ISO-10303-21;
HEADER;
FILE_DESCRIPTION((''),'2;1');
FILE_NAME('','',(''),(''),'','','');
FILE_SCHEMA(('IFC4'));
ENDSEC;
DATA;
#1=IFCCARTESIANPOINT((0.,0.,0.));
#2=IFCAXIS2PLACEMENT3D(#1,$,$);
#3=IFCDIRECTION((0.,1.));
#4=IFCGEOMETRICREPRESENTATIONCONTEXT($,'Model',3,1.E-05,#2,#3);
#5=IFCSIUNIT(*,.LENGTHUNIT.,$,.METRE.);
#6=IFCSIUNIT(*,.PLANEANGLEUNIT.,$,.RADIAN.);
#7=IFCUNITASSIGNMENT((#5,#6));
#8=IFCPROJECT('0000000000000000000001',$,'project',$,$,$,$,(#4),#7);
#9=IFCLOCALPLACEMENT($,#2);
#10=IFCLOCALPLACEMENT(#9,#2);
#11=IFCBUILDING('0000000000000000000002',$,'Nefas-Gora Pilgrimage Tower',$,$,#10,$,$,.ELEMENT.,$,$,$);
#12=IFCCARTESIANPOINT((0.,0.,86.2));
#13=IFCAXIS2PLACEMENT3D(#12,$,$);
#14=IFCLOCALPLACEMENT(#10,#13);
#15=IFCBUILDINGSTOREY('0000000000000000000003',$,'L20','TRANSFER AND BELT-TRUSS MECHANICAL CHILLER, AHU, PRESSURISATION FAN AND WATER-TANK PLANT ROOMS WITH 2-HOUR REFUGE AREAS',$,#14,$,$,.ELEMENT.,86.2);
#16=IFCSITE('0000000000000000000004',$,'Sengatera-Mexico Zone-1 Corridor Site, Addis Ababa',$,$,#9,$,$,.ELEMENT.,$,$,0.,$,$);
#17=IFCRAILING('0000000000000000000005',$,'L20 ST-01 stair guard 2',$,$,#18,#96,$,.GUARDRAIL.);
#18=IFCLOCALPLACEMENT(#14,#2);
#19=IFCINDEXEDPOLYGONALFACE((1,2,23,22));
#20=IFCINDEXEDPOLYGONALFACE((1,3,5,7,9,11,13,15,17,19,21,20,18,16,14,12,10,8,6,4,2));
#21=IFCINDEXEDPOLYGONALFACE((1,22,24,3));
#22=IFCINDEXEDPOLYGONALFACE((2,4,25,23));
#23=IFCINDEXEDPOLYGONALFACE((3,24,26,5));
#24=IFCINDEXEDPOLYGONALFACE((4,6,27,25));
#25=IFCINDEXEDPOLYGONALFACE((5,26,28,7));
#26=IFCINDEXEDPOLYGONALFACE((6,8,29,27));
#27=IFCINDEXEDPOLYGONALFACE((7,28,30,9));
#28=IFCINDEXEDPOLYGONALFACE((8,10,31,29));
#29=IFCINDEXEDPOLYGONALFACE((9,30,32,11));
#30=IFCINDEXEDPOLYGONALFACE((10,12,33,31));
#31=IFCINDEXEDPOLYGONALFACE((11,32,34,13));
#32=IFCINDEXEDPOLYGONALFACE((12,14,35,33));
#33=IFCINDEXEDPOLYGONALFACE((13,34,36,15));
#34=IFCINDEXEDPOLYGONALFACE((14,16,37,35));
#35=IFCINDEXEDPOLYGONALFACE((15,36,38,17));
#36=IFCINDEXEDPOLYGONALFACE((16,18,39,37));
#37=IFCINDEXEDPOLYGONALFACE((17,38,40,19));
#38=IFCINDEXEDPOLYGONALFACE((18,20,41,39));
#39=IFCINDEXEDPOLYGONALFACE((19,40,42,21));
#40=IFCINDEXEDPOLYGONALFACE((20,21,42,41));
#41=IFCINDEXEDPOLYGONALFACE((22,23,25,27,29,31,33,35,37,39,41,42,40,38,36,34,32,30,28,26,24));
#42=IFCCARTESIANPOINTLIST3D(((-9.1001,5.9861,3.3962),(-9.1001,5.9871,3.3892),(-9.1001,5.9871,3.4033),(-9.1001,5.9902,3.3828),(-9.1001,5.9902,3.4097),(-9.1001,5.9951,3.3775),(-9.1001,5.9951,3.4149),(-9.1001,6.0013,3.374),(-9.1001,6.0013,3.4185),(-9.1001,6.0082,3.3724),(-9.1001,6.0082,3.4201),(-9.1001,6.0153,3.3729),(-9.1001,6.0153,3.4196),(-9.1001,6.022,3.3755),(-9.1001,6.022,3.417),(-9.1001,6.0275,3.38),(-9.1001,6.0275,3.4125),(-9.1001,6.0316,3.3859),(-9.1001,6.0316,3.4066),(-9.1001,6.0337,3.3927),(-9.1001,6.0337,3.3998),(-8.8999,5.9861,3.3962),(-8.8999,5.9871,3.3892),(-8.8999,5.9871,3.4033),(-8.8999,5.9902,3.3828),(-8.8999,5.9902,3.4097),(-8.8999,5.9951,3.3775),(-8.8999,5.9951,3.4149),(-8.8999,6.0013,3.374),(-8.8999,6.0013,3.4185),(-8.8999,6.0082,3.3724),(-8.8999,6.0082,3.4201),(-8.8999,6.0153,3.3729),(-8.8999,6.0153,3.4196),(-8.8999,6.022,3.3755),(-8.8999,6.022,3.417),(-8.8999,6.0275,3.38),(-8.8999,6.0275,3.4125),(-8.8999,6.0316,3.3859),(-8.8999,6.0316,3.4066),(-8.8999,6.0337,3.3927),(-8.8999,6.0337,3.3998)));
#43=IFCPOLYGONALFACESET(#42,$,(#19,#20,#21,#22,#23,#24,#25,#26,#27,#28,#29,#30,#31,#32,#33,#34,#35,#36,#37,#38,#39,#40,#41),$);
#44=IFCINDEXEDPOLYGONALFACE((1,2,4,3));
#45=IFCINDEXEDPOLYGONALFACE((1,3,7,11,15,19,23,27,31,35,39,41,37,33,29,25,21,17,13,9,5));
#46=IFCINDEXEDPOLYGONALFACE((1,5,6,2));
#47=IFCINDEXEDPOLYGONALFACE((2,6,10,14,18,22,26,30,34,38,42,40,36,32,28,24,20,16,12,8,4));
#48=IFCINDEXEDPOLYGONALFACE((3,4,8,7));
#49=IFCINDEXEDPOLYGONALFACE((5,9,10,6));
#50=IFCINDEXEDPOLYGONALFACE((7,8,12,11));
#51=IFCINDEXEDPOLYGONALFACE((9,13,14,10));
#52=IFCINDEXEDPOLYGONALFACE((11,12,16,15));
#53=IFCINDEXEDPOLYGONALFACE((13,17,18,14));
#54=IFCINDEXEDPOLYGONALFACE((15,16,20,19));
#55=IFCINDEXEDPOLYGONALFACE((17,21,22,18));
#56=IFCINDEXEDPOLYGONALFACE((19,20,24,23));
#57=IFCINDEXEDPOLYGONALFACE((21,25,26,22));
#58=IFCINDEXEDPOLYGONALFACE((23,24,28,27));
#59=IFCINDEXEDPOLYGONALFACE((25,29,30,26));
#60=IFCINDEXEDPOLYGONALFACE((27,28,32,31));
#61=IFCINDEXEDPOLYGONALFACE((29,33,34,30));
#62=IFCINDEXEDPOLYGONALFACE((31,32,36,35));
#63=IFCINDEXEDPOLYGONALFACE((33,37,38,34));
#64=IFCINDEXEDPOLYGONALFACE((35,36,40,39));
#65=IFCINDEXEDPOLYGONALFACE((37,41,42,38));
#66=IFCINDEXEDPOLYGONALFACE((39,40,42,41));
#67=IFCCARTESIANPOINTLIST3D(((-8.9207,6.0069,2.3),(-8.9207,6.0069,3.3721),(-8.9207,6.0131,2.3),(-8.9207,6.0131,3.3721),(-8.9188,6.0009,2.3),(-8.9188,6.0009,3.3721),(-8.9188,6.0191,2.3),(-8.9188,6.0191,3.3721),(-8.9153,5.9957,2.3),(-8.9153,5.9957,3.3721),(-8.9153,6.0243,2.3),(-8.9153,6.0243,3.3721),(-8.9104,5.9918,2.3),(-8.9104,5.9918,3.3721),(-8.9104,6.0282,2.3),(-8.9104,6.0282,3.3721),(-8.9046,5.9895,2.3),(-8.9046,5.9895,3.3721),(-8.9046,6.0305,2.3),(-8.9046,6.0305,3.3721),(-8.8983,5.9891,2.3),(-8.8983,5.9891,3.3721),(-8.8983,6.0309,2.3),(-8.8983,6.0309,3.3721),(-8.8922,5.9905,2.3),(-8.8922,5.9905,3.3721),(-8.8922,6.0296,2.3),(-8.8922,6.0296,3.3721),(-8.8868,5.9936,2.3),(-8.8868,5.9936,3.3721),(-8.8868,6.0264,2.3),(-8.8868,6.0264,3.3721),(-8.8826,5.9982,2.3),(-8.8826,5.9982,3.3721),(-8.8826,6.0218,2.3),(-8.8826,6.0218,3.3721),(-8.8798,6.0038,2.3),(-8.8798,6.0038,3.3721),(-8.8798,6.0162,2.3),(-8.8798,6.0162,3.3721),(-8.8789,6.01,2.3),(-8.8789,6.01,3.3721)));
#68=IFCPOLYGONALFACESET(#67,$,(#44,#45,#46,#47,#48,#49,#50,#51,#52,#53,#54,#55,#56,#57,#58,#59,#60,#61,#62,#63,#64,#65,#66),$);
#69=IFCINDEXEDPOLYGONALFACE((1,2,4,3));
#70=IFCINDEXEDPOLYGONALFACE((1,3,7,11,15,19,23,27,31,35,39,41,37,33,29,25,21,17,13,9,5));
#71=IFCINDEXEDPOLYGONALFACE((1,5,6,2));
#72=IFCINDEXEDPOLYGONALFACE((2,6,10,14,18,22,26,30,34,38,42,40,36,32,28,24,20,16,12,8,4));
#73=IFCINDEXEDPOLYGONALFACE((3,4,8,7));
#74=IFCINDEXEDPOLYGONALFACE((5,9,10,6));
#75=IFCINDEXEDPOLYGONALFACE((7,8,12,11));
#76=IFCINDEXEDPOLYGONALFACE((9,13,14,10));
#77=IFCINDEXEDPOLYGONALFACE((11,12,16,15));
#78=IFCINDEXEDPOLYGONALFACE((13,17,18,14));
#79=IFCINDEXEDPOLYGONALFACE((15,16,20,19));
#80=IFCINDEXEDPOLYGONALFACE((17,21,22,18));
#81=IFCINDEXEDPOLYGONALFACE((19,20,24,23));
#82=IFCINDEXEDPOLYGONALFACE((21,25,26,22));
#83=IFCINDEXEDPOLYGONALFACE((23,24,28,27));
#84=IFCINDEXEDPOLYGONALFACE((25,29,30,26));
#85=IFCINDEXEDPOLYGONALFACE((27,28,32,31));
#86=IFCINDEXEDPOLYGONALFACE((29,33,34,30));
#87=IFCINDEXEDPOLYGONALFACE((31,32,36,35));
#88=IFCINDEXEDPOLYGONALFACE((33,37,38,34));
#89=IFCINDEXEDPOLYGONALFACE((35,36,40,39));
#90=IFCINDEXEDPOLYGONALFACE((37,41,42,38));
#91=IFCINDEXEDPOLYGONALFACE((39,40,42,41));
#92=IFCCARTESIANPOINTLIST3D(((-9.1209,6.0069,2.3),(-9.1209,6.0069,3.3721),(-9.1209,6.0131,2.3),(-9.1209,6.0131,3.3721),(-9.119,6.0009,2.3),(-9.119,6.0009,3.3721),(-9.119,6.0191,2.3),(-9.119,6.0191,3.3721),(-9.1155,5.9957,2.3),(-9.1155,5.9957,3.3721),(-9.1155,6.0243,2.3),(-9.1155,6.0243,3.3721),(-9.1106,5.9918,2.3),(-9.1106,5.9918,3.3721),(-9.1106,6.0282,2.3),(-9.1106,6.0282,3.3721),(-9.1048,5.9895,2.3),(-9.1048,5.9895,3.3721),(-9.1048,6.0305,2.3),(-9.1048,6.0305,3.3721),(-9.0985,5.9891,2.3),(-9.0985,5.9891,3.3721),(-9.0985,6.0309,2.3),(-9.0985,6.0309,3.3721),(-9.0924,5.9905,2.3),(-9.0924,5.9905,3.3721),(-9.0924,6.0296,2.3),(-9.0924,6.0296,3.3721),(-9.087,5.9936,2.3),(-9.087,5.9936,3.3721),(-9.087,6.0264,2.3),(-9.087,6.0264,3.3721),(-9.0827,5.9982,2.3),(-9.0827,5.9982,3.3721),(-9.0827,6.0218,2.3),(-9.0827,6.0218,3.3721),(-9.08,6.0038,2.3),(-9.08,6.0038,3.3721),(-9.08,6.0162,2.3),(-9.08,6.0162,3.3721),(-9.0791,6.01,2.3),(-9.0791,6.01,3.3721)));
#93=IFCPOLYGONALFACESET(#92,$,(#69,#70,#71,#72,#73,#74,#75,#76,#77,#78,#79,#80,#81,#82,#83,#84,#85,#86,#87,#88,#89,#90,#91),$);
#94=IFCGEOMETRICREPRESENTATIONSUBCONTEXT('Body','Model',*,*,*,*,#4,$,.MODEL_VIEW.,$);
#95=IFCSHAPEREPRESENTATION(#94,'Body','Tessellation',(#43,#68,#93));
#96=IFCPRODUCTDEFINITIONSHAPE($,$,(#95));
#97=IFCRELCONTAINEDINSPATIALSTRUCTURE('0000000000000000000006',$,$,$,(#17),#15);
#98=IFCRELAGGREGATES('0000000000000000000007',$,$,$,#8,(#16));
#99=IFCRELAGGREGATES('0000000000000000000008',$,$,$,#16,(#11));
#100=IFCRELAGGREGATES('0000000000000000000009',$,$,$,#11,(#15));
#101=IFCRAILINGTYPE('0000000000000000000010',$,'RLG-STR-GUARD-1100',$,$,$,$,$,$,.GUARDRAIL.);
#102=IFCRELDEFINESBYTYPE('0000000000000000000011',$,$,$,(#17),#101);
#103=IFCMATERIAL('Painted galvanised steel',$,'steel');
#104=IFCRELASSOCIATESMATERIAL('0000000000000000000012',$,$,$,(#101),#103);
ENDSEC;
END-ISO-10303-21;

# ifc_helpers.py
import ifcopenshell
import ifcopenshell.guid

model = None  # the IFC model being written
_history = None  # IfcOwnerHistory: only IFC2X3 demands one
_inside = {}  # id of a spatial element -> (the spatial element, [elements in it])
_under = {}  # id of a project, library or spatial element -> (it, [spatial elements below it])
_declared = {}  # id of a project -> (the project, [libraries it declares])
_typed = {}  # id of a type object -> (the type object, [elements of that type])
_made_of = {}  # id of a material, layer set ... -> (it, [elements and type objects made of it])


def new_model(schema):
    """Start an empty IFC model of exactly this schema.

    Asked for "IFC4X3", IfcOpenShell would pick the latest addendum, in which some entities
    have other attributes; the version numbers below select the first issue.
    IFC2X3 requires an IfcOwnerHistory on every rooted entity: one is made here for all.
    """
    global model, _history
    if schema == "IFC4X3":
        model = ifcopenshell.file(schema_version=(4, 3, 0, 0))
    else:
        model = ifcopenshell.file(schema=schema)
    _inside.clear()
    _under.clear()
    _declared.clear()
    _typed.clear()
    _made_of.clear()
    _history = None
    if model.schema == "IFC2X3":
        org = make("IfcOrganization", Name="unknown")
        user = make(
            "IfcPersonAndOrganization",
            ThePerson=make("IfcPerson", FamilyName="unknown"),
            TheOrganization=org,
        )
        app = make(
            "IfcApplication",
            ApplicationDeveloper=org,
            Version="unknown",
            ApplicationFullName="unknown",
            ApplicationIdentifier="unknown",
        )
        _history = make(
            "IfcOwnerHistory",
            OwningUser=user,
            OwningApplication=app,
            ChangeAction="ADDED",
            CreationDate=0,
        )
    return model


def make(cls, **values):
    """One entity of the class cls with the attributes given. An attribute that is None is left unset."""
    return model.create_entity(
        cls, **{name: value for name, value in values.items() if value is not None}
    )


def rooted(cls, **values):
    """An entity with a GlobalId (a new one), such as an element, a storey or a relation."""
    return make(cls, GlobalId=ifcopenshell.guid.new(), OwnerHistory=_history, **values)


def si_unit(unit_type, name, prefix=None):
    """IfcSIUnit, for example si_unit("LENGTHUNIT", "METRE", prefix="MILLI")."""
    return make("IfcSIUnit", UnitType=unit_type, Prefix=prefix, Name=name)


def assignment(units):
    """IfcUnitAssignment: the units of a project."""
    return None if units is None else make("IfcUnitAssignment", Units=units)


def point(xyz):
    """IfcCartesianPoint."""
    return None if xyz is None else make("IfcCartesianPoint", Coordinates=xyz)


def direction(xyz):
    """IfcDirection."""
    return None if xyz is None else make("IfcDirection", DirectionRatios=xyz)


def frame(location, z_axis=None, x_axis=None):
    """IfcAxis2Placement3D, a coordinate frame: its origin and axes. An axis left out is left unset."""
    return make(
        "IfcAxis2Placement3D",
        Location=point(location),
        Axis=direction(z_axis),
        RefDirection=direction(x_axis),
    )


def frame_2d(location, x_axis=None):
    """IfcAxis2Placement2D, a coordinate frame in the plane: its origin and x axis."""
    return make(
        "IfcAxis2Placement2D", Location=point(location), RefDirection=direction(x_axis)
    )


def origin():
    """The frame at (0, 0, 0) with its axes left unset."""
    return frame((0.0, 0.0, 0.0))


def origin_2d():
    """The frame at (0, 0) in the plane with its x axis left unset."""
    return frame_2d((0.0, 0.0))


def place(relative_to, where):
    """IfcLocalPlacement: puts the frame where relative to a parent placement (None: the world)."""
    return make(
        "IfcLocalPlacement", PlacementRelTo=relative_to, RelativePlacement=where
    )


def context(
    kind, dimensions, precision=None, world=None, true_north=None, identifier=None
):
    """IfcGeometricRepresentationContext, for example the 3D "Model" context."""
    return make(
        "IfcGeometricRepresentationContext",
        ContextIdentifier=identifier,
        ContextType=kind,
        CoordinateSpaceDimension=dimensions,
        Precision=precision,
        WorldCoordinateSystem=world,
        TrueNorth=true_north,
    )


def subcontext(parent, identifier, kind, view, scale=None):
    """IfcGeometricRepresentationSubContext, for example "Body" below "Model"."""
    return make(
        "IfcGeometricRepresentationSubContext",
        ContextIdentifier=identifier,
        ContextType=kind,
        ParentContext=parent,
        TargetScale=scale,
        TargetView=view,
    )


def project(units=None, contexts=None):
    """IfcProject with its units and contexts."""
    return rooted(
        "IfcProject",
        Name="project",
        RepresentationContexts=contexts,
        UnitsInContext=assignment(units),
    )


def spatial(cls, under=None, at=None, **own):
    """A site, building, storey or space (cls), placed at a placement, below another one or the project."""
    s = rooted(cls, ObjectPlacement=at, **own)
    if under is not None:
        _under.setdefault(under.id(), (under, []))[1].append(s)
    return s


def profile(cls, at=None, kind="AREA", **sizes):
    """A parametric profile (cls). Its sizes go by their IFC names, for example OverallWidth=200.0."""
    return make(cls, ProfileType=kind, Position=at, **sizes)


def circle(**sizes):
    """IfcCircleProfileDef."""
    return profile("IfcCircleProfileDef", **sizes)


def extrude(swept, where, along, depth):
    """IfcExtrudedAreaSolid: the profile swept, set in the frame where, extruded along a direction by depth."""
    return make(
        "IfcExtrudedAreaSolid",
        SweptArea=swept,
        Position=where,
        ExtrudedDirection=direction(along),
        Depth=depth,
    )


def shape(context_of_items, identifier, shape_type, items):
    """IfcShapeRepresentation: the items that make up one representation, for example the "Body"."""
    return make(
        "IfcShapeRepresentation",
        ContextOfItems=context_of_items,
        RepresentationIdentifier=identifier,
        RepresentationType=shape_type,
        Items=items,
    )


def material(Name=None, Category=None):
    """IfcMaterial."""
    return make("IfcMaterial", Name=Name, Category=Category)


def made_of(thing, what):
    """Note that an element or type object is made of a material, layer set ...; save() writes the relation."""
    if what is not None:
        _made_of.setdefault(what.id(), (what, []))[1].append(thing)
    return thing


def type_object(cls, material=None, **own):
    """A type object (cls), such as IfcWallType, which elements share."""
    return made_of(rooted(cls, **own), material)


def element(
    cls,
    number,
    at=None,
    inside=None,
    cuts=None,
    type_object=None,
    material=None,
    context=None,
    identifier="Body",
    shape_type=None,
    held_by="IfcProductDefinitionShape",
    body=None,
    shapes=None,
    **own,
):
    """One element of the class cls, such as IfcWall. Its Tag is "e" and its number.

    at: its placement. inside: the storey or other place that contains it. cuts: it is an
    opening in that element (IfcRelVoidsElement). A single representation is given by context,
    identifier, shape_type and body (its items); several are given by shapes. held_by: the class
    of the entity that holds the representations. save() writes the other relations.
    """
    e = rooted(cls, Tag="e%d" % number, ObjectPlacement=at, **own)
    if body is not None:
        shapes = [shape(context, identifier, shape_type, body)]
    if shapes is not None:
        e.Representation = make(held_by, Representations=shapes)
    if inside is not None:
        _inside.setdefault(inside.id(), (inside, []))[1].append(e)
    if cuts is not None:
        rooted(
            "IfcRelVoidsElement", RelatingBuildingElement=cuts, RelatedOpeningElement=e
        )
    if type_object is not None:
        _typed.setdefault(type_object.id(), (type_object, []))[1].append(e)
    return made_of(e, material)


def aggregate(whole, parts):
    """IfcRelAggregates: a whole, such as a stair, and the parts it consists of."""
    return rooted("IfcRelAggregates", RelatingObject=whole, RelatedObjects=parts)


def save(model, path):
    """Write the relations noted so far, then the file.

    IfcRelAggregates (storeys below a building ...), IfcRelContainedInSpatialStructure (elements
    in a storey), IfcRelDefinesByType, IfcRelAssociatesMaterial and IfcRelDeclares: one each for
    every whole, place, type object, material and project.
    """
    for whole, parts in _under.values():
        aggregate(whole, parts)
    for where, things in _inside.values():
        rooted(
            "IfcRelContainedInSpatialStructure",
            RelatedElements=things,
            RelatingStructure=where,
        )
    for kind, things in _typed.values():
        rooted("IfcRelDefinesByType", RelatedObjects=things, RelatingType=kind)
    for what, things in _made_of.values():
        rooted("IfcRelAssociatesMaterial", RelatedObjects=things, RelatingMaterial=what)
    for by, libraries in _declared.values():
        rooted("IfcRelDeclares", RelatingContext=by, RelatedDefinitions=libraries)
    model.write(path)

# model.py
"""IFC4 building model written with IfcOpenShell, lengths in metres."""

from ifc_helpers import new_model, si_unit, direction, frame, origin, origin_2d, place, context, subcontext, project, spatial, circle, extrude, material, type_object, element, save


model = new_model("IFC4")

# Units and contexts
model_context = context("Model", 3, precision=1e-05, world=origin(), true_north=direction((0.0, 1.0)))
body_context = subcontext(model_context, "Body", "Model", "MODEL_VIEW")
ifc_project = project(units=[si_unit("LENGTHUNIT", "METRE"), si_unit("PLANEANGLEUNIT", "RADIAN")], contexts=[model_context])

# Site, building, storey
site_placement = place(None, origin())
site = spatial("IfcSite", under=ifc_project, at=site_placement, Name="Sengatera-Mexico Zone-1 Corridor Site, Addis Ababa", CompositionType="ELEMENT", RefElevation=0.0)
building_placement = place(site_placement, origin())
building = spatial("IfcBuilding", under=site, at=building_placement, Name="Nefas-Gora Pilgrimage Tower", CompositionType="ELEMENT")
storey_placement = place(building_placement, frame((0.0, 0.0, 86.2)))
storey = spatial("IfcBuildingStorey", under=building, at=storey_placement, Name="L20", Description="TRANSFER AND BELT-TRUSS MECHANICAL CHILLER, AHU, PRESSURISATION FAN AND WATER-TANK PLANT ROOMS WITH 2-HOUR REFUGE AREAS", CompositionType="ELEMENT", Elevation=86.2)

# Railing
ifc_material_1 = material(Name="Painted galvanised steel", Category="steel")
railing_type_1 = type_object("IfcRailingType", Name="RLG-STR-GUARD-1100", PredefinedType="GUARDRAIL", material=ifc_material_1)
railing_1_placement = place(storey_placement, frame((-8.8999, 6.01, 2.3)))
element("IfcRailing", 1, at=railing_1_placement, inside=storey, type_object=railing_type_1, Name="L20 ST-01 stair guard 2", PredefinedType="GUARDRAIL", context=body_context, shape_type="SweptSolid", body=[
    extrude(circle(Radius=0.0239, at=origin_2d()), frame((0.0, 0.0, 1.0962), z_axis=(-1.0, 0.0, 0.0), x_axis=(0.0, -1.0, 0.0)), (0.0, 0.0, 1.0), 0.2002),
    extrude(circle(Radius=0.021, at=origin_2d()), origin(), (0.0, 0.0, 1.0), 1.072),
    extrude(circle(Radius=0.021, at=origin_2d()), frame((-0.2002, 0.0, 0.0)), (0.0, 0.0, 1.0), 1.072),
])

save(model, "model.ifc")
